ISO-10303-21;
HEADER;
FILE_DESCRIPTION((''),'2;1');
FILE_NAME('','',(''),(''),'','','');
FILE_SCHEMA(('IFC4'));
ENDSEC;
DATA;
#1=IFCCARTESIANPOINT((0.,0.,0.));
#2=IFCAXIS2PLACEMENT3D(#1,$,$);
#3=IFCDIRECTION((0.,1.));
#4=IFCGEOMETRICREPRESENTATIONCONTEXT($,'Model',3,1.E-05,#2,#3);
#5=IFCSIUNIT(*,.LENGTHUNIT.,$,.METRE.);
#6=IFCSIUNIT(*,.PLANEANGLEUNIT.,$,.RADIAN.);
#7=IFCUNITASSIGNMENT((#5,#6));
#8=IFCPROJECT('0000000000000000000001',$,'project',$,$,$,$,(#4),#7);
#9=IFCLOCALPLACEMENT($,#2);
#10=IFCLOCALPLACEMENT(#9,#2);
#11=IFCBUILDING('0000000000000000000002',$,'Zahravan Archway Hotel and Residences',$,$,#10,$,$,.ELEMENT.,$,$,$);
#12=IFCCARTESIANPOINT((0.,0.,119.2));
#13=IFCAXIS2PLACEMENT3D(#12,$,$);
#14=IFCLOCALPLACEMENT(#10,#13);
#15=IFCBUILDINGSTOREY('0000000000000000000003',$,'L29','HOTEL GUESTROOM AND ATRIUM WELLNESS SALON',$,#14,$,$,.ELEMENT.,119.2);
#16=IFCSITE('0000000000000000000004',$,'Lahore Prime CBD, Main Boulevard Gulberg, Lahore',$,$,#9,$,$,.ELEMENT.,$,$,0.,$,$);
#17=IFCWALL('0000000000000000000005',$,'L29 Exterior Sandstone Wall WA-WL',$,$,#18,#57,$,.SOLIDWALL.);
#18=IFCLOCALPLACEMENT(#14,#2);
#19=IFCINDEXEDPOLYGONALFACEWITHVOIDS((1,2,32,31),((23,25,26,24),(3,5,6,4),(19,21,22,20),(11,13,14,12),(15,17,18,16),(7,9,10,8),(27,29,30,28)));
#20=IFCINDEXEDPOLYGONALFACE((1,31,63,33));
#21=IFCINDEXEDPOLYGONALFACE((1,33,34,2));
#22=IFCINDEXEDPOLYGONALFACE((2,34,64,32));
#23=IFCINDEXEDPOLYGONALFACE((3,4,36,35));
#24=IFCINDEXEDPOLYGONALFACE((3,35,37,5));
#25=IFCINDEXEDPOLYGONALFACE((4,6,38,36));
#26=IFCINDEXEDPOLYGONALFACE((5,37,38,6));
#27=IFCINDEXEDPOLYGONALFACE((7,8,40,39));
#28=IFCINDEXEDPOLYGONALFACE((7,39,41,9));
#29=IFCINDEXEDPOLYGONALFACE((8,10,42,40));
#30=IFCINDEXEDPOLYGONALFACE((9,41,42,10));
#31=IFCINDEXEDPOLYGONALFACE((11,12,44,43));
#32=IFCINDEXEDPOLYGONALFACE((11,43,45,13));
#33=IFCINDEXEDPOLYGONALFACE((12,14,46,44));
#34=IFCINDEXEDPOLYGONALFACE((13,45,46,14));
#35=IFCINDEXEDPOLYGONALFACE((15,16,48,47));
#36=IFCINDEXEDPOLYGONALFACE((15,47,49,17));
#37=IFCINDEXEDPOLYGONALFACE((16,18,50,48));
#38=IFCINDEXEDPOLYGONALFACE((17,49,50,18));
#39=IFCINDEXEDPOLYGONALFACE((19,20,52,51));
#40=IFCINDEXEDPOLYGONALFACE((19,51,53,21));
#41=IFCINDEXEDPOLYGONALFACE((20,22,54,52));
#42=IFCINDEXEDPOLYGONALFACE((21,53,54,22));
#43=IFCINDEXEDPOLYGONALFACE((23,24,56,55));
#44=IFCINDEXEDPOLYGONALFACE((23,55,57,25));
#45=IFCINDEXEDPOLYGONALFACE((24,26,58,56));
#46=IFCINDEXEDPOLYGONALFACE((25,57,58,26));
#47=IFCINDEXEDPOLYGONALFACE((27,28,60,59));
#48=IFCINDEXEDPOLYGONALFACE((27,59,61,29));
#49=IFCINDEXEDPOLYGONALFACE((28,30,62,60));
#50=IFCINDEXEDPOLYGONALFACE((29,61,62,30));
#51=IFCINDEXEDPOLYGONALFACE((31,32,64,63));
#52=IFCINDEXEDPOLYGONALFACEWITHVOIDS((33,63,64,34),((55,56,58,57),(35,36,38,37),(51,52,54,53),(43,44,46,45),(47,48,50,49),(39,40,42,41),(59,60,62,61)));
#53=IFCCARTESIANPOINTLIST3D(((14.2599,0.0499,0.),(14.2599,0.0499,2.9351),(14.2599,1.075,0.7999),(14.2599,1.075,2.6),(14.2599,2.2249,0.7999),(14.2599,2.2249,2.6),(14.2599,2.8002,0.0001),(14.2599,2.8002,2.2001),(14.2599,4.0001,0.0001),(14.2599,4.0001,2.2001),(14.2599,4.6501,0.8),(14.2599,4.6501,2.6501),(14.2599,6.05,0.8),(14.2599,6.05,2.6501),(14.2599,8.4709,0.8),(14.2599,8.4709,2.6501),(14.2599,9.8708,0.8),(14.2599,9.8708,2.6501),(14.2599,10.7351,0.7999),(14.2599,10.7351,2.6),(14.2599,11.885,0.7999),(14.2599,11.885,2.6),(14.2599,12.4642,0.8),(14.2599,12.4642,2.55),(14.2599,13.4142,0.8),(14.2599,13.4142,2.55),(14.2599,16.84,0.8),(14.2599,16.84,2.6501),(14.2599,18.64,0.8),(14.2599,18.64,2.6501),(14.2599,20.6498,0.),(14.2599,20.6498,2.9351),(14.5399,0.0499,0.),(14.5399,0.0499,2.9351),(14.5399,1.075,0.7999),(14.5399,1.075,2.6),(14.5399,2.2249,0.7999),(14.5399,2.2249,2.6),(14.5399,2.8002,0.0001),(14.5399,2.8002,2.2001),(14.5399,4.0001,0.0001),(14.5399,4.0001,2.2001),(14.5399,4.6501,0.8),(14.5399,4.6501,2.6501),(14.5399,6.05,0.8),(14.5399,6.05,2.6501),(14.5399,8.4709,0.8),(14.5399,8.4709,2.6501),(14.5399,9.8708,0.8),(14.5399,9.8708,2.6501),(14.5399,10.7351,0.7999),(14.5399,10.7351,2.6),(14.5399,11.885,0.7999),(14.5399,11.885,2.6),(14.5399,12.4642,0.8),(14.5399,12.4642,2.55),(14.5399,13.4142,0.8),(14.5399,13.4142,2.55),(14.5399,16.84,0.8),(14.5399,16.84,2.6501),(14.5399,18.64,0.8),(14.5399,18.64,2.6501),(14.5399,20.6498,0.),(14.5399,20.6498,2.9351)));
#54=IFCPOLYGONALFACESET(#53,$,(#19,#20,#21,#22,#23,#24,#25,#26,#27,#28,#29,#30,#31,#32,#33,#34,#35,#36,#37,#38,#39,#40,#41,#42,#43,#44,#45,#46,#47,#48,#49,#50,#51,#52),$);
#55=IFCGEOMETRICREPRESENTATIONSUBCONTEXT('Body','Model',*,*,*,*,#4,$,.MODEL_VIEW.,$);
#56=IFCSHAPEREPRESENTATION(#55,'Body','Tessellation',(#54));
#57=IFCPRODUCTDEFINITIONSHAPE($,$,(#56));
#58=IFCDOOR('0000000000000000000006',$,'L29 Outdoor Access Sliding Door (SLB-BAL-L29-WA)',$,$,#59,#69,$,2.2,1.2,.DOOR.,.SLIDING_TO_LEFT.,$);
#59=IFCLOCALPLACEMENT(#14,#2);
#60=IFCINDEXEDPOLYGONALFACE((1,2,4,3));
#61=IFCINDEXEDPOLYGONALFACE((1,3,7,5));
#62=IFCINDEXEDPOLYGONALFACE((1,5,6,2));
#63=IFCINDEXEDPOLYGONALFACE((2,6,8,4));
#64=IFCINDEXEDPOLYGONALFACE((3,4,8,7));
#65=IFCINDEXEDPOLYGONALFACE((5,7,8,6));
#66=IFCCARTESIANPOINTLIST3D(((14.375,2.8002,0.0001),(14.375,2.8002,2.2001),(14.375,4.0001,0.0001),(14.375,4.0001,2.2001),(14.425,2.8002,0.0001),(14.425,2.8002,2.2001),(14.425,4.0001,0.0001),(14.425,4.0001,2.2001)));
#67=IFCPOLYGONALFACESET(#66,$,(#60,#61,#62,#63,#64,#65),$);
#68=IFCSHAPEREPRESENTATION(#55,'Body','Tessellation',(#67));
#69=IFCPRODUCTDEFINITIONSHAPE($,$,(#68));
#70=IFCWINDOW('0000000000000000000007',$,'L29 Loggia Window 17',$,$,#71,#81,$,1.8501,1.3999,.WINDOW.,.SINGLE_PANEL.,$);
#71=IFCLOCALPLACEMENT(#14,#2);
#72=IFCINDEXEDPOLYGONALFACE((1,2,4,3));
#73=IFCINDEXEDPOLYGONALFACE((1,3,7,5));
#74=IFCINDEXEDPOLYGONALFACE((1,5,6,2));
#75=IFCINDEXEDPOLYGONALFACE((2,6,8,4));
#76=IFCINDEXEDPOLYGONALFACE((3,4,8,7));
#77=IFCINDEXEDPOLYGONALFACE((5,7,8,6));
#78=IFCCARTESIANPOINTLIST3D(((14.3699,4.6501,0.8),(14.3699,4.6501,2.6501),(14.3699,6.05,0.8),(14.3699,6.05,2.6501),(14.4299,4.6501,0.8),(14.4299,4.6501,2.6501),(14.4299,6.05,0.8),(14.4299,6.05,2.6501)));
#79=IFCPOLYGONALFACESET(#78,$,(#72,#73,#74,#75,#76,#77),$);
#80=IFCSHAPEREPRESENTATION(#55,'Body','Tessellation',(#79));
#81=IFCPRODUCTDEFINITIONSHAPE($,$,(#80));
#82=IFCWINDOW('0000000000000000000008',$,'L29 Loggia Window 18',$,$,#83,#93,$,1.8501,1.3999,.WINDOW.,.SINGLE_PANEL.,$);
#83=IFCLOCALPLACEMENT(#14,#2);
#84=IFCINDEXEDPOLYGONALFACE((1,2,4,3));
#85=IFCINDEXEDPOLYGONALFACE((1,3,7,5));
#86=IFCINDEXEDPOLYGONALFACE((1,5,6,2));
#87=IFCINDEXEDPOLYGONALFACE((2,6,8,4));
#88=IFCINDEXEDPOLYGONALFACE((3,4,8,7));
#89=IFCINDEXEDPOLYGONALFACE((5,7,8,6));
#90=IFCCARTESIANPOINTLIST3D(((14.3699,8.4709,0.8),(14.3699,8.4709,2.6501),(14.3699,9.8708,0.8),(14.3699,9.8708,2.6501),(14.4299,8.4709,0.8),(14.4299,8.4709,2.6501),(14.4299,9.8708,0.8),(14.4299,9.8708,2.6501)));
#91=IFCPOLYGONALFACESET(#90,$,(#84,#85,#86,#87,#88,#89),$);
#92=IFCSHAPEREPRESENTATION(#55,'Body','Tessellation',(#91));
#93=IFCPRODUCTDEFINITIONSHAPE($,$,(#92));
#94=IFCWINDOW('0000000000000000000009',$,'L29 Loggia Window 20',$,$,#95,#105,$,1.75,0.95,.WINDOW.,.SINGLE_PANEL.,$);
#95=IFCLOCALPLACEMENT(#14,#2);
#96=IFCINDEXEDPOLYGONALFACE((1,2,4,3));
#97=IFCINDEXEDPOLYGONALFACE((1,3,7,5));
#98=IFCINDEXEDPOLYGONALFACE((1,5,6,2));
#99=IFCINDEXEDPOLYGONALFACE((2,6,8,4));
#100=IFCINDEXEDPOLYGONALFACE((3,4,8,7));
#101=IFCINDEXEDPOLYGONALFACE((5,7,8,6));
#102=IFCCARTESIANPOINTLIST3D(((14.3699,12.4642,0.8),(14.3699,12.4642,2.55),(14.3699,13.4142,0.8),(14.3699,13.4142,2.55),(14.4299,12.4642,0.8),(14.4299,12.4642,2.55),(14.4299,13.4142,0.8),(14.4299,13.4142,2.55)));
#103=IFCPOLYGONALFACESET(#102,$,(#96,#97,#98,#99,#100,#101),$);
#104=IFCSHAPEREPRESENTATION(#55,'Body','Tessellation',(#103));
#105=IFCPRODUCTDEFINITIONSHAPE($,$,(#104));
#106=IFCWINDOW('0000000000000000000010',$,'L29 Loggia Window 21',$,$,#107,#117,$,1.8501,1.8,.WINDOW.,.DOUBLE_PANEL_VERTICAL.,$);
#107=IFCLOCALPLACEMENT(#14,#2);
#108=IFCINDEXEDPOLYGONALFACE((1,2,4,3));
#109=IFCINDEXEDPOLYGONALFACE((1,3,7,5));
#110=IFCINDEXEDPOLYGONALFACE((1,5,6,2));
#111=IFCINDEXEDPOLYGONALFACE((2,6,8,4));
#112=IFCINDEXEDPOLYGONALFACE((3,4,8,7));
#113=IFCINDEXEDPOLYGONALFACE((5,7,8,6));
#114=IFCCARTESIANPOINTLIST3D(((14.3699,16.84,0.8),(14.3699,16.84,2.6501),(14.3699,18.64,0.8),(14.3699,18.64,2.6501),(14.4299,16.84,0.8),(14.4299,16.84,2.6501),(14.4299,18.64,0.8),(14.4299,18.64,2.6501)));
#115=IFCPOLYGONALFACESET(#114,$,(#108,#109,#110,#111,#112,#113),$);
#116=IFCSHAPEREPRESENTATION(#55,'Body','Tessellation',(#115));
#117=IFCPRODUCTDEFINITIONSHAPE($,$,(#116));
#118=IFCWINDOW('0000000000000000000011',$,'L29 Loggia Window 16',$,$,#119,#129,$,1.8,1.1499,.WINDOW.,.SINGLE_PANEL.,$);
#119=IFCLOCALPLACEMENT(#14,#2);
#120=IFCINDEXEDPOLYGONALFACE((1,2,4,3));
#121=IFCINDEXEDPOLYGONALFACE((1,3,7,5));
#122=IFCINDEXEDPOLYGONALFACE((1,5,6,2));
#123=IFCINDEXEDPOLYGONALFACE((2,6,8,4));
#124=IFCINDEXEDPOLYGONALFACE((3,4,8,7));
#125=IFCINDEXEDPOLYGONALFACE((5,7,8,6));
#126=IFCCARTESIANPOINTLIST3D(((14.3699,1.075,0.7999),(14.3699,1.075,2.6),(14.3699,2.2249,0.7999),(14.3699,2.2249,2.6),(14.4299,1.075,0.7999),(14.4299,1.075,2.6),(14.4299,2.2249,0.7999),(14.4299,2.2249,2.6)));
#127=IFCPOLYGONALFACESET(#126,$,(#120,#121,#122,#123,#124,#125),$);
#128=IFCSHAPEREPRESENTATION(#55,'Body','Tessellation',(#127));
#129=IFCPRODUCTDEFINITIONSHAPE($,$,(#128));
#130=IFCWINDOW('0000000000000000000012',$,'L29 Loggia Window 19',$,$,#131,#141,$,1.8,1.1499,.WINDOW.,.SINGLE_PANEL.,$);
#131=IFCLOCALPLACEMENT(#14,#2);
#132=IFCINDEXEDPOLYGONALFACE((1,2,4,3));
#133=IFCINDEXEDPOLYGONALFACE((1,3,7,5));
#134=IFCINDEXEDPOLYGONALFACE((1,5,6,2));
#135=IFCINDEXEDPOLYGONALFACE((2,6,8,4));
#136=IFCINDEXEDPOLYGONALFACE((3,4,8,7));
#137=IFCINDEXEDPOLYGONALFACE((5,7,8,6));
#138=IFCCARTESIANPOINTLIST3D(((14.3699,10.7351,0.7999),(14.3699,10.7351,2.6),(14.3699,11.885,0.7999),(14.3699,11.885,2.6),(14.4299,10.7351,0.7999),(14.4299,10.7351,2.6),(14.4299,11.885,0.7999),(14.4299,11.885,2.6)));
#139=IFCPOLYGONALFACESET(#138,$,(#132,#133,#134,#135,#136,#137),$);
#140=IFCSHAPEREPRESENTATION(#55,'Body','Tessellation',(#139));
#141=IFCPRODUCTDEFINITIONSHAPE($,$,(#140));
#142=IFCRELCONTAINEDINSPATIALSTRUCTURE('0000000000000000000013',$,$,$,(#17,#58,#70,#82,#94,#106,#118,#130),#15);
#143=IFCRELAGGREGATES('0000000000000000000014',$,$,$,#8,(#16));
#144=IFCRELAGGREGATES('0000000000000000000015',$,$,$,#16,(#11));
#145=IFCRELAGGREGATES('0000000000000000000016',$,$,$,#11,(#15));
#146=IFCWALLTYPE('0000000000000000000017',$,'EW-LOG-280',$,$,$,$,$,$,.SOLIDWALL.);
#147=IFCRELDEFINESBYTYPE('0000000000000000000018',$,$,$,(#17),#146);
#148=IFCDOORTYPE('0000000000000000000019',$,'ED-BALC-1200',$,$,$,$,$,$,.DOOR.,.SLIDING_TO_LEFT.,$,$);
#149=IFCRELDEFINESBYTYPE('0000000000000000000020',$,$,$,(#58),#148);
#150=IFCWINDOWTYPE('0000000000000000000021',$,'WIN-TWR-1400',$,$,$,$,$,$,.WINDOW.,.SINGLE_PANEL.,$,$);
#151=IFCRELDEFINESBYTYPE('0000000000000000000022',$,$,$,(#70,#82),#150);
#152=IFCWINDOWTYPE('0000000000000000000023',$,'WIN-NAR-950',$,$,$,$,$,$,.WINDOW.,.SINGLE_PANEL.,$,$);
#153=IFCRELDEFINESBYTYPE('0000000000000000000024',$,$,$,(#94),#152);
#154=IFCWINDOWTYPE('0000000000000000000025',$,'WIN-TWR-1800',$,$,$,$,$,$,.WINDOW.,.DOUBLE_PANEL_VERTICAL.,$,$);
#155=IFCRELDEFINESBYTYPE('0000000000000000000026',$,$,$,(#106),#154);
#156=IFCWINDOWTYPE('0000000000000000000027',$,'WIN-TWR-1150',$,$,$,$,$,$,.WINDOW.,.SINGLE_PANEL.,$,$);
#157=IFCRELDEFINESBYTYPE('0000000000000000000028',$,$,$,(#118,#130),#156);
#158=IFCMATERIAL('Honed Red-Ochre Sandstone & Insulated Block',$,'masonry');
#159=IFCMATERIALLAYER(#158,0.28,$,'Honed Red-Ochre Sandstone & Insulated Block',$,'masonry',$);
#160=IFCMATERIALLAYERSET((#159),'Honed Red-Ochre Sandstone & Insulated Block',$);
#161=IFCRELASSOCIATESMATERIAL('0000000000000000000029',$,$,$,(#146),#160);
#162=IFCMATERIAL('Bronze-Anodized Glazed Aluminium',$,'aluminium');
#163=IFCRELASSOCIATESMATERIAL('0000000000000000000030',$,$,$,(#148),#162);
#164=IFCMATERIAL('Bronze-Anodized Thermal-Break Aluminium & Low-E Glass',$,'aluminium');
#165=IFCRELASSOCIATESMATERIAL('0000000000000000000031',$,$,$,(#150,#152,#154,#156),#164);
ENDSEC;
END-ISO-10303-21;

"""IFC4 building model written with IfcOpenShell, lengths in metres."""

from ifc_helpers import new_model, si_unit, direction, frame, frame_2d, origin, place, context, subcontext, project, spatial, rectangle, extrude, source, transform, mapped, material, layer, layer_set, type_object, type_shapes, element, fill, save


model = new_model("IFC4")

# Units and contexts
model_context = context("Model", 3, precision=1e-05, world=origin(), true_north=direction((0.0, 1.0)))
body_context = subcontext(model_context, "Body", "Model", "MODEL_VIEW")
ifc_project = project(units=[si_unit("LENGTHUNIT", "METRE"), si_unit("PLANEANGLEUNIT", "RADIAN")], contexts=[model_context])

# Site, building, storey
site_placement = place(None, origin())
site = spatial("IfcSite", under=ifc_project, at=site_placement, Name="Lahore Prime CBD, Main Boulevard Gulberg, Lahore", CompositionType="ELEMENT", RefElevation=0.0)
building_placement = place(site_placement, origin())
building = spatial("IfcBuilding", under=site, at=building_placement, Name="Zahravan Archway Hotel and Residences", CompositionType="ELEMENT")
storey_placement = place(building_placement, frame((0.0, 0.0, 119.2)))
storey = spatial("IfcBuildingStorey", under=building, at=storey_placement, Name="L29", Description="HOTEL GUESTROOM AND ATRIUM WELLNESS SALON", CompositionType="ELEMENT", Elevation=119.2)

# Wall, openings, door, windows
ifc_material_1 = material(Name="Honed Red-Ochre Sandstone & Insulated Block", Category="masonry")
ifc_layer = layer(ifc_material_1, 0.28, Name="Honed Red-Ochre Sandstone & Insulated Block", Category="masonry")
ifc_layer_set = layer_set([ifc_layer], Name="Honed Red-Ochre Sandstone & Insulated Block")
wall_type = type_object("IfcWallType", Name="EW-LOG-280", PredefinedType="SOLIDWALL", material=ifc_layer_set)
ifc_material_2 = material(Name="Bronze-Anodized Glazed Aluminium", Category="aluminium")
door_type = type_object("IfcDoorType", Name="ED-BALC-1200", OperationType="SLIDING_TO_LEFT", PredefinedType="DOOR", material=ifc_material_2)
shared_shape_1 = source(origin(), body_context, "Body", "SweptSolid", [
    extrude(rectangle(XDim=1.2, YDim=2.2, at=frame_2d((0.6001, 1.1001))), frame((0.0, 0.0249, 0.0), z_axis=(0.0, -1.0, 0.0), x_axis=(1.0, 0.0, 0.0)), (0.0, 0.0, 1.0), 0.05),
])
type_shapes(door_type, [shared_shape_1])
ifc_material_3 = material(Name="Bronze-Anodized Thermal-Break Aluminium & Low-E Glass", Category="aluminium")
window_type_1 = type_object("IfcWindowType", Name="WIN-TWR-1400", PartitioningType="SINGLE_PANEL", PredefinedType="WINDOW", material=ifc_material_3)
shared_shape_2 = source(origin(), body_context, "Body", "SweptSolid", [
    extrude(rectangle(XDim=1.3999, YDim=1.8501, at=frame_2d((0.7, 0.925))), frame((0.0, 0.03, 0.0), z_axis=(0.0, -1.0, 0.0), x_axis=(1.0, 0.0, 0.0)), (0.0, 0.0, 1.0), 0.0601),
])
type_shapes(window_type_1, [shared_shape_2])
window_type_2 = type_object("IfcWindowType", Name="WIN-NAR-950", PartitioningType="SINGLE_PANEL", PredefinedType="WINDOW", material=ifc_material_3)
shared_shape_3 = source(origin(), body_context, "Body", "SweptSolid", [
    extrude(rectangle(XDim=0.95, YDim=1.75, at=frame_2d((0.4751, 0.875))), frame((0.0, 0.03, 0.0), z_axis=(0.0, -1.0, 0.0), x_axis=(1.0, 0.0, 0.0)), (0.0, 0.0, 1.0), 0.0601),
])
type_shapes(window_type_2, [shared_shape_3])
window_type_3 = type_object("IfcWindowType", Name="WIN-TWR-1800", PartitioningType="DOUBLE_PANEL_VERTICAL", PredefinedType="WINDOW", material=ifc_material_3)
shared_shape_4 = source(origin(), body_context, "Body", "SweptSolid", [
    extrude(rectangle(XDim=1.8, YDim=1.8501, at=frame_2d((0.8999, 0.925))), frame((0.0, 0.03, 0.0), z_axis=(0.0, -1.0, 0.0), x_axis=(1.0, 0.0, 0.0)), (0.0, 0.0, 1.0), 0.0601),
])
type_shapes(window_type_3, [shared_shape_4])
wall_1_placement = place(storey_placement, frame((14.3999, 0.05, 0.0), z_axis=(0.0, 0.0, 1.0), x_axis=(0.0, 1.0, 0.0)))
wall_1 = element("IfcWall", 1, at=wall_1_placement, inside=storey, type_object=wall_type, Name="L29 Exterior Sandstone Wall WA-WL", PredefinedType="SOLIDWALL", context=body_context, shape_type="SweptSolid", body=[
    extrude(rectangle(XDim=20.5999, YDim=0.28, at=frame_2d((10.2998, 0.0))), origin(), (0.0, 0.0, 1.0), 2.9351),
])
opening_1_placement = place(wall_1_placement, frame((2.75, 0.0, 0.0)))
opening_1 = element("IfcOpeningElement", 2, at=opening_1_placement, cuts=wall_1, PredefinedType="OPENING", context=body_context, shape_type="SweptSolid", body=[
    extrude(rectangle(XDim=1.2, YDim=2.2, at=frame_2d((0.6001, 1.1001))), frame((0.0, 0.1499, 0.0), z_axis=(0.0, -1.0, 0.0), x_axis=(1.0, 0.0, 0.0)), (0.0, 0.0, 1.0), 0.3),
])
opening_2_placement = place(wall_1_placement, frame((1.0249, 0.0, 0.8)))
opening_2 = element("IfcOpeningElement", 3, at=opening_2_placement, cuts=wall_1, PredefinedType="OPENING", context=body_context, shape_type="SweptSolid", body=[
    extrude(rectangle(XDim=1.1499, YDim=1.8, at=frame_2d((0.575, 0.8999))), frame((0.0, 0.1499, 0.0), z_axis=(0.0, -1.0, 0.0), x_axis=(1.0, 0.0, 0.0)), (0.0, 0.0, 1.0), 0.3),
])
opening_3_placement = place(wall_1_placement, frame((4.6001, 0.0, 0.8)))
opening_3 = element("IfcOpeningElement", 4, at=opening_3_placement, cuts=wall_1, PredefinedType="OPENING", context=body_context, shape_type="SweptSolid", body=[
    extrude(rectangle(XDim=1.3999, YDim=1.8501, at=frame_2d((0.7, 0.925))), frame((0.0, 0.1499, 0.0), z_axis=(0.0, -1.0, 0.0), x_axis=(1.0, 0.0, 0.0)), (0.0, 0.0, 1.0), 0.3),
])
opening_4_placement = place(wall_1_placement, frame((8.4209, 0.0, 0.8)))
opening_4 = element("IfcOpeningElement", 5, at=opening_4_placement, cuts=wall_1, PredefinedType="OPENING", context=body_context, shape_type="SweptSolid", body=[
    extrude(rectangle(XDim=1.3999, YDim=1.8501, at=frame_2d((0.7, 0.925))), frame((0.0, 0.1499, 0.0), z_axis=(0.0, -1.0, 0.0), x_axis=(1.0, 0.0, 0.0)), (0.0, 0.0, 1.0), 0.3),
])
opening_5_placement = place(wall_1_placement, frame((10.6851, 0.0, 0.8)))
opening_5 = element("IfcOpeningElement", 6, at=opening_5_placement, cuts=wall_1, PredefinedType="OPENING", context=body_context, shape_type="SweptSolid", body=[
    extrude(rectangle(XDim=1.1499, YDim=1.8, at=frame_2d((0.575, 0.8999))), frame((0.0, 0.1499, 0.0), z_axis=(0.0, -1.0, 0.0), x_axis=(1.0, 0.0, 0.0)), (0.0, 0.0, 1.0), 0.3),
])
opening_6_placement = place(wall_1_placement, frame((12.4141, 0.0, 0.8)))
opening_6 = element("IfcOpeningElement", 7, at=opening_6_placement, cuts=wall_1, PredefinedType="OPENING", context=body_context, shape_type="SweptSolid", body=[
    extrude(rectangle(XDim=0.95, YDim=1.75, at=frame_2d((0.4751, 0.875))), frame((0.0, 0.1499, 0.0), z_axis=(0.0, -1.0, 0.0), x_axis=(1.0, 0.0, 0.0)), (0.0, 0.0, 1.0), 0.3),
])
opening_7_placement = place(wall_1_placement, frame((16.79, 0.0, 0.8)))
opening_7 = element("IfcOpeningElement", 8, at=opening_7_placement, cuts=wall_1, PredefinedType="OPENING", context=body_context, shape_type="SweptSolid", body=[
    extrude(rectangle(XDim=1.8, YDim=1.8501, at=frame_2d((0.8999, 0.925))), frame((0.0, 0.1499, 0.0), z_axis=(0.0, -1.0, 0.0), x_axis=(1.0, 0.0, 0.0)), (0.0, 0.0, 1.0), 0.3),
])
door_1_placement = place(opening_1_placement, origin())
door_1 = element("IfcDoor", 9, at=door_1_placement, inside=storey, type_object=door_type, Name="L29 Outdoor Access Sliding Door (SLB-BAL-L29-WA)", OperationType="SLIDING_TO_LEFT", OverallHeight=2.2, OverallWidth=1.2, PredefinedType="DOOR", context=body_context, shape_type="MappedRepresentation", body=[
    mapped(shared_shape_1, transform((0.0, 0.0, 0.0), scale=1.0)),
])
fill(opening_1, door_1)
window_1_placement = place(opening_3_placement, origin())
window_1 = element("IfcWindow", 10, at=window_1_placement, inside=storey, type_object=window_type_1, Name="L29 Loggia Window 17", OverallHeight=1.8501, OverallWidth=1.3999, PartitioningType="SINGLE_PANEL", PredefinedType="WINDOW", context=body_context, shape_type="MappedRepresentation", body=[
    mapped(shared_shape_2, transform((0.0, 0.0, 0.0), scale=1.0)),
])
fill(opening_3, window_1)
window_2_placement = place(opening_4_placement, origin())
window_2 = element("IfcWindow", 11, at=window_2_placement, inside=storey, type_object=window_type_1, Name="L29 Loggia Window 18", OverallHeight=1.8501, OverallWidth=1.3999, PartitioningType="SINGLE_PANEL", PredefinedType="WINDOW", context=body_context, shape_type="MappedRepresentation", body=[
    mapped(shared_shape_2, transform((0.0, 0.0, 0.0), scale=1.0)),
])
fill(opening_4, window_2)
window_3_placement = place(opening_6_placement, origin())
window_3 = element("IfcWindow", 12, at=window_3_placement, inside=storey, type_object=window_type_2, Name="L29 Loggia Window 20", OverallHeight=1.75, OverallWidth=0.95, PartitioningType="SINGLE_PANEL", PredefinedType="WINDOW", context=body_context, shape_type="MappedRepresentation", body=[
    mapped(shared_shape_3, transform((0.0, 0.0, 0.0), scale=1.0)),
])
fill(opening_6, window_3)
window_4_placement = place(opening_7_placement, origin())
window_4 = element("IfcWindow", 13, at=window_4_placement, inside=storey, type_object=window_type_3, Name="L29 Loggia Window 21", OverallHeight=1.8501, OverallWidth=1.8, PartitioningType="DOUBLE_PANEL_VERTICAL", PredefinedType="WINDOW", context=body_context, shape_type="MappedRepresentation", body=[
    mapped(shared_shape_4, transform((0.0, 0.0, 0.0), scale=1.0)),
])
fill(opening_7, window_4)
window_type_4 = type_object("IfcWindowType", Name="WIN-TWR-1150", PartitioningType="SINGLE_PANEL", PredefinedType="WINDOW", material=ifc_material_3)
shared_shape_5 = source(origin(), body_context, "Body", "SweptSolid", [
    extrude(rectangle(XDim=1.1499, YDim=1.8, at=frame_2d((0.575, 0.8999))), frame((0.0, 0.03, 0.0), z_axis=(0.0, -1.0, 0.0), x_axis=(1.0, 0.0, 0.0)), (0.0, 0.0, 1.0), 0.0601),
])
type_shapes(window_type_4, [shared_shape_5])
window_5_placement = place(opening_2_placement, origin())
window_5 = element("IfcWindow", 14, at=window_5_placement, inside=storey, type_object=window_type_4, Name="L29 Loggia Window 16", OverallHeight=1.8, OverallWidth=1.1499, PartitioningType="SINGLE_PANEL", PredefinedType="WINDOW", context=body_context, shape_type="MappedRepresentation", body=[
    mapped(shared_shape_5, transform((0.0, 0.0, 0.0), scale=1.0)),
])
fill(opening_2, window_5)
window_6_placement = place(opening_5_placement, origin())
window_6 = element("IfcWindow", 15, at=window_6_placement, inside=storey, type_object=window_type_4, Name="L29 Loggia Window 19", OverallHeight=1.8, OverallWidth=1.1499, PartitioningType="SINGLE_PANEL", PredefinedType="WINDOW", context=body_context, shape_type="MappedRepresentation", body=[
    mapped(shared_shape_5, transform((0.0, 0.0, 0.0), scale=1.0)),
])
fill(opening_5, window_6)

save(model, "model.ifc")
